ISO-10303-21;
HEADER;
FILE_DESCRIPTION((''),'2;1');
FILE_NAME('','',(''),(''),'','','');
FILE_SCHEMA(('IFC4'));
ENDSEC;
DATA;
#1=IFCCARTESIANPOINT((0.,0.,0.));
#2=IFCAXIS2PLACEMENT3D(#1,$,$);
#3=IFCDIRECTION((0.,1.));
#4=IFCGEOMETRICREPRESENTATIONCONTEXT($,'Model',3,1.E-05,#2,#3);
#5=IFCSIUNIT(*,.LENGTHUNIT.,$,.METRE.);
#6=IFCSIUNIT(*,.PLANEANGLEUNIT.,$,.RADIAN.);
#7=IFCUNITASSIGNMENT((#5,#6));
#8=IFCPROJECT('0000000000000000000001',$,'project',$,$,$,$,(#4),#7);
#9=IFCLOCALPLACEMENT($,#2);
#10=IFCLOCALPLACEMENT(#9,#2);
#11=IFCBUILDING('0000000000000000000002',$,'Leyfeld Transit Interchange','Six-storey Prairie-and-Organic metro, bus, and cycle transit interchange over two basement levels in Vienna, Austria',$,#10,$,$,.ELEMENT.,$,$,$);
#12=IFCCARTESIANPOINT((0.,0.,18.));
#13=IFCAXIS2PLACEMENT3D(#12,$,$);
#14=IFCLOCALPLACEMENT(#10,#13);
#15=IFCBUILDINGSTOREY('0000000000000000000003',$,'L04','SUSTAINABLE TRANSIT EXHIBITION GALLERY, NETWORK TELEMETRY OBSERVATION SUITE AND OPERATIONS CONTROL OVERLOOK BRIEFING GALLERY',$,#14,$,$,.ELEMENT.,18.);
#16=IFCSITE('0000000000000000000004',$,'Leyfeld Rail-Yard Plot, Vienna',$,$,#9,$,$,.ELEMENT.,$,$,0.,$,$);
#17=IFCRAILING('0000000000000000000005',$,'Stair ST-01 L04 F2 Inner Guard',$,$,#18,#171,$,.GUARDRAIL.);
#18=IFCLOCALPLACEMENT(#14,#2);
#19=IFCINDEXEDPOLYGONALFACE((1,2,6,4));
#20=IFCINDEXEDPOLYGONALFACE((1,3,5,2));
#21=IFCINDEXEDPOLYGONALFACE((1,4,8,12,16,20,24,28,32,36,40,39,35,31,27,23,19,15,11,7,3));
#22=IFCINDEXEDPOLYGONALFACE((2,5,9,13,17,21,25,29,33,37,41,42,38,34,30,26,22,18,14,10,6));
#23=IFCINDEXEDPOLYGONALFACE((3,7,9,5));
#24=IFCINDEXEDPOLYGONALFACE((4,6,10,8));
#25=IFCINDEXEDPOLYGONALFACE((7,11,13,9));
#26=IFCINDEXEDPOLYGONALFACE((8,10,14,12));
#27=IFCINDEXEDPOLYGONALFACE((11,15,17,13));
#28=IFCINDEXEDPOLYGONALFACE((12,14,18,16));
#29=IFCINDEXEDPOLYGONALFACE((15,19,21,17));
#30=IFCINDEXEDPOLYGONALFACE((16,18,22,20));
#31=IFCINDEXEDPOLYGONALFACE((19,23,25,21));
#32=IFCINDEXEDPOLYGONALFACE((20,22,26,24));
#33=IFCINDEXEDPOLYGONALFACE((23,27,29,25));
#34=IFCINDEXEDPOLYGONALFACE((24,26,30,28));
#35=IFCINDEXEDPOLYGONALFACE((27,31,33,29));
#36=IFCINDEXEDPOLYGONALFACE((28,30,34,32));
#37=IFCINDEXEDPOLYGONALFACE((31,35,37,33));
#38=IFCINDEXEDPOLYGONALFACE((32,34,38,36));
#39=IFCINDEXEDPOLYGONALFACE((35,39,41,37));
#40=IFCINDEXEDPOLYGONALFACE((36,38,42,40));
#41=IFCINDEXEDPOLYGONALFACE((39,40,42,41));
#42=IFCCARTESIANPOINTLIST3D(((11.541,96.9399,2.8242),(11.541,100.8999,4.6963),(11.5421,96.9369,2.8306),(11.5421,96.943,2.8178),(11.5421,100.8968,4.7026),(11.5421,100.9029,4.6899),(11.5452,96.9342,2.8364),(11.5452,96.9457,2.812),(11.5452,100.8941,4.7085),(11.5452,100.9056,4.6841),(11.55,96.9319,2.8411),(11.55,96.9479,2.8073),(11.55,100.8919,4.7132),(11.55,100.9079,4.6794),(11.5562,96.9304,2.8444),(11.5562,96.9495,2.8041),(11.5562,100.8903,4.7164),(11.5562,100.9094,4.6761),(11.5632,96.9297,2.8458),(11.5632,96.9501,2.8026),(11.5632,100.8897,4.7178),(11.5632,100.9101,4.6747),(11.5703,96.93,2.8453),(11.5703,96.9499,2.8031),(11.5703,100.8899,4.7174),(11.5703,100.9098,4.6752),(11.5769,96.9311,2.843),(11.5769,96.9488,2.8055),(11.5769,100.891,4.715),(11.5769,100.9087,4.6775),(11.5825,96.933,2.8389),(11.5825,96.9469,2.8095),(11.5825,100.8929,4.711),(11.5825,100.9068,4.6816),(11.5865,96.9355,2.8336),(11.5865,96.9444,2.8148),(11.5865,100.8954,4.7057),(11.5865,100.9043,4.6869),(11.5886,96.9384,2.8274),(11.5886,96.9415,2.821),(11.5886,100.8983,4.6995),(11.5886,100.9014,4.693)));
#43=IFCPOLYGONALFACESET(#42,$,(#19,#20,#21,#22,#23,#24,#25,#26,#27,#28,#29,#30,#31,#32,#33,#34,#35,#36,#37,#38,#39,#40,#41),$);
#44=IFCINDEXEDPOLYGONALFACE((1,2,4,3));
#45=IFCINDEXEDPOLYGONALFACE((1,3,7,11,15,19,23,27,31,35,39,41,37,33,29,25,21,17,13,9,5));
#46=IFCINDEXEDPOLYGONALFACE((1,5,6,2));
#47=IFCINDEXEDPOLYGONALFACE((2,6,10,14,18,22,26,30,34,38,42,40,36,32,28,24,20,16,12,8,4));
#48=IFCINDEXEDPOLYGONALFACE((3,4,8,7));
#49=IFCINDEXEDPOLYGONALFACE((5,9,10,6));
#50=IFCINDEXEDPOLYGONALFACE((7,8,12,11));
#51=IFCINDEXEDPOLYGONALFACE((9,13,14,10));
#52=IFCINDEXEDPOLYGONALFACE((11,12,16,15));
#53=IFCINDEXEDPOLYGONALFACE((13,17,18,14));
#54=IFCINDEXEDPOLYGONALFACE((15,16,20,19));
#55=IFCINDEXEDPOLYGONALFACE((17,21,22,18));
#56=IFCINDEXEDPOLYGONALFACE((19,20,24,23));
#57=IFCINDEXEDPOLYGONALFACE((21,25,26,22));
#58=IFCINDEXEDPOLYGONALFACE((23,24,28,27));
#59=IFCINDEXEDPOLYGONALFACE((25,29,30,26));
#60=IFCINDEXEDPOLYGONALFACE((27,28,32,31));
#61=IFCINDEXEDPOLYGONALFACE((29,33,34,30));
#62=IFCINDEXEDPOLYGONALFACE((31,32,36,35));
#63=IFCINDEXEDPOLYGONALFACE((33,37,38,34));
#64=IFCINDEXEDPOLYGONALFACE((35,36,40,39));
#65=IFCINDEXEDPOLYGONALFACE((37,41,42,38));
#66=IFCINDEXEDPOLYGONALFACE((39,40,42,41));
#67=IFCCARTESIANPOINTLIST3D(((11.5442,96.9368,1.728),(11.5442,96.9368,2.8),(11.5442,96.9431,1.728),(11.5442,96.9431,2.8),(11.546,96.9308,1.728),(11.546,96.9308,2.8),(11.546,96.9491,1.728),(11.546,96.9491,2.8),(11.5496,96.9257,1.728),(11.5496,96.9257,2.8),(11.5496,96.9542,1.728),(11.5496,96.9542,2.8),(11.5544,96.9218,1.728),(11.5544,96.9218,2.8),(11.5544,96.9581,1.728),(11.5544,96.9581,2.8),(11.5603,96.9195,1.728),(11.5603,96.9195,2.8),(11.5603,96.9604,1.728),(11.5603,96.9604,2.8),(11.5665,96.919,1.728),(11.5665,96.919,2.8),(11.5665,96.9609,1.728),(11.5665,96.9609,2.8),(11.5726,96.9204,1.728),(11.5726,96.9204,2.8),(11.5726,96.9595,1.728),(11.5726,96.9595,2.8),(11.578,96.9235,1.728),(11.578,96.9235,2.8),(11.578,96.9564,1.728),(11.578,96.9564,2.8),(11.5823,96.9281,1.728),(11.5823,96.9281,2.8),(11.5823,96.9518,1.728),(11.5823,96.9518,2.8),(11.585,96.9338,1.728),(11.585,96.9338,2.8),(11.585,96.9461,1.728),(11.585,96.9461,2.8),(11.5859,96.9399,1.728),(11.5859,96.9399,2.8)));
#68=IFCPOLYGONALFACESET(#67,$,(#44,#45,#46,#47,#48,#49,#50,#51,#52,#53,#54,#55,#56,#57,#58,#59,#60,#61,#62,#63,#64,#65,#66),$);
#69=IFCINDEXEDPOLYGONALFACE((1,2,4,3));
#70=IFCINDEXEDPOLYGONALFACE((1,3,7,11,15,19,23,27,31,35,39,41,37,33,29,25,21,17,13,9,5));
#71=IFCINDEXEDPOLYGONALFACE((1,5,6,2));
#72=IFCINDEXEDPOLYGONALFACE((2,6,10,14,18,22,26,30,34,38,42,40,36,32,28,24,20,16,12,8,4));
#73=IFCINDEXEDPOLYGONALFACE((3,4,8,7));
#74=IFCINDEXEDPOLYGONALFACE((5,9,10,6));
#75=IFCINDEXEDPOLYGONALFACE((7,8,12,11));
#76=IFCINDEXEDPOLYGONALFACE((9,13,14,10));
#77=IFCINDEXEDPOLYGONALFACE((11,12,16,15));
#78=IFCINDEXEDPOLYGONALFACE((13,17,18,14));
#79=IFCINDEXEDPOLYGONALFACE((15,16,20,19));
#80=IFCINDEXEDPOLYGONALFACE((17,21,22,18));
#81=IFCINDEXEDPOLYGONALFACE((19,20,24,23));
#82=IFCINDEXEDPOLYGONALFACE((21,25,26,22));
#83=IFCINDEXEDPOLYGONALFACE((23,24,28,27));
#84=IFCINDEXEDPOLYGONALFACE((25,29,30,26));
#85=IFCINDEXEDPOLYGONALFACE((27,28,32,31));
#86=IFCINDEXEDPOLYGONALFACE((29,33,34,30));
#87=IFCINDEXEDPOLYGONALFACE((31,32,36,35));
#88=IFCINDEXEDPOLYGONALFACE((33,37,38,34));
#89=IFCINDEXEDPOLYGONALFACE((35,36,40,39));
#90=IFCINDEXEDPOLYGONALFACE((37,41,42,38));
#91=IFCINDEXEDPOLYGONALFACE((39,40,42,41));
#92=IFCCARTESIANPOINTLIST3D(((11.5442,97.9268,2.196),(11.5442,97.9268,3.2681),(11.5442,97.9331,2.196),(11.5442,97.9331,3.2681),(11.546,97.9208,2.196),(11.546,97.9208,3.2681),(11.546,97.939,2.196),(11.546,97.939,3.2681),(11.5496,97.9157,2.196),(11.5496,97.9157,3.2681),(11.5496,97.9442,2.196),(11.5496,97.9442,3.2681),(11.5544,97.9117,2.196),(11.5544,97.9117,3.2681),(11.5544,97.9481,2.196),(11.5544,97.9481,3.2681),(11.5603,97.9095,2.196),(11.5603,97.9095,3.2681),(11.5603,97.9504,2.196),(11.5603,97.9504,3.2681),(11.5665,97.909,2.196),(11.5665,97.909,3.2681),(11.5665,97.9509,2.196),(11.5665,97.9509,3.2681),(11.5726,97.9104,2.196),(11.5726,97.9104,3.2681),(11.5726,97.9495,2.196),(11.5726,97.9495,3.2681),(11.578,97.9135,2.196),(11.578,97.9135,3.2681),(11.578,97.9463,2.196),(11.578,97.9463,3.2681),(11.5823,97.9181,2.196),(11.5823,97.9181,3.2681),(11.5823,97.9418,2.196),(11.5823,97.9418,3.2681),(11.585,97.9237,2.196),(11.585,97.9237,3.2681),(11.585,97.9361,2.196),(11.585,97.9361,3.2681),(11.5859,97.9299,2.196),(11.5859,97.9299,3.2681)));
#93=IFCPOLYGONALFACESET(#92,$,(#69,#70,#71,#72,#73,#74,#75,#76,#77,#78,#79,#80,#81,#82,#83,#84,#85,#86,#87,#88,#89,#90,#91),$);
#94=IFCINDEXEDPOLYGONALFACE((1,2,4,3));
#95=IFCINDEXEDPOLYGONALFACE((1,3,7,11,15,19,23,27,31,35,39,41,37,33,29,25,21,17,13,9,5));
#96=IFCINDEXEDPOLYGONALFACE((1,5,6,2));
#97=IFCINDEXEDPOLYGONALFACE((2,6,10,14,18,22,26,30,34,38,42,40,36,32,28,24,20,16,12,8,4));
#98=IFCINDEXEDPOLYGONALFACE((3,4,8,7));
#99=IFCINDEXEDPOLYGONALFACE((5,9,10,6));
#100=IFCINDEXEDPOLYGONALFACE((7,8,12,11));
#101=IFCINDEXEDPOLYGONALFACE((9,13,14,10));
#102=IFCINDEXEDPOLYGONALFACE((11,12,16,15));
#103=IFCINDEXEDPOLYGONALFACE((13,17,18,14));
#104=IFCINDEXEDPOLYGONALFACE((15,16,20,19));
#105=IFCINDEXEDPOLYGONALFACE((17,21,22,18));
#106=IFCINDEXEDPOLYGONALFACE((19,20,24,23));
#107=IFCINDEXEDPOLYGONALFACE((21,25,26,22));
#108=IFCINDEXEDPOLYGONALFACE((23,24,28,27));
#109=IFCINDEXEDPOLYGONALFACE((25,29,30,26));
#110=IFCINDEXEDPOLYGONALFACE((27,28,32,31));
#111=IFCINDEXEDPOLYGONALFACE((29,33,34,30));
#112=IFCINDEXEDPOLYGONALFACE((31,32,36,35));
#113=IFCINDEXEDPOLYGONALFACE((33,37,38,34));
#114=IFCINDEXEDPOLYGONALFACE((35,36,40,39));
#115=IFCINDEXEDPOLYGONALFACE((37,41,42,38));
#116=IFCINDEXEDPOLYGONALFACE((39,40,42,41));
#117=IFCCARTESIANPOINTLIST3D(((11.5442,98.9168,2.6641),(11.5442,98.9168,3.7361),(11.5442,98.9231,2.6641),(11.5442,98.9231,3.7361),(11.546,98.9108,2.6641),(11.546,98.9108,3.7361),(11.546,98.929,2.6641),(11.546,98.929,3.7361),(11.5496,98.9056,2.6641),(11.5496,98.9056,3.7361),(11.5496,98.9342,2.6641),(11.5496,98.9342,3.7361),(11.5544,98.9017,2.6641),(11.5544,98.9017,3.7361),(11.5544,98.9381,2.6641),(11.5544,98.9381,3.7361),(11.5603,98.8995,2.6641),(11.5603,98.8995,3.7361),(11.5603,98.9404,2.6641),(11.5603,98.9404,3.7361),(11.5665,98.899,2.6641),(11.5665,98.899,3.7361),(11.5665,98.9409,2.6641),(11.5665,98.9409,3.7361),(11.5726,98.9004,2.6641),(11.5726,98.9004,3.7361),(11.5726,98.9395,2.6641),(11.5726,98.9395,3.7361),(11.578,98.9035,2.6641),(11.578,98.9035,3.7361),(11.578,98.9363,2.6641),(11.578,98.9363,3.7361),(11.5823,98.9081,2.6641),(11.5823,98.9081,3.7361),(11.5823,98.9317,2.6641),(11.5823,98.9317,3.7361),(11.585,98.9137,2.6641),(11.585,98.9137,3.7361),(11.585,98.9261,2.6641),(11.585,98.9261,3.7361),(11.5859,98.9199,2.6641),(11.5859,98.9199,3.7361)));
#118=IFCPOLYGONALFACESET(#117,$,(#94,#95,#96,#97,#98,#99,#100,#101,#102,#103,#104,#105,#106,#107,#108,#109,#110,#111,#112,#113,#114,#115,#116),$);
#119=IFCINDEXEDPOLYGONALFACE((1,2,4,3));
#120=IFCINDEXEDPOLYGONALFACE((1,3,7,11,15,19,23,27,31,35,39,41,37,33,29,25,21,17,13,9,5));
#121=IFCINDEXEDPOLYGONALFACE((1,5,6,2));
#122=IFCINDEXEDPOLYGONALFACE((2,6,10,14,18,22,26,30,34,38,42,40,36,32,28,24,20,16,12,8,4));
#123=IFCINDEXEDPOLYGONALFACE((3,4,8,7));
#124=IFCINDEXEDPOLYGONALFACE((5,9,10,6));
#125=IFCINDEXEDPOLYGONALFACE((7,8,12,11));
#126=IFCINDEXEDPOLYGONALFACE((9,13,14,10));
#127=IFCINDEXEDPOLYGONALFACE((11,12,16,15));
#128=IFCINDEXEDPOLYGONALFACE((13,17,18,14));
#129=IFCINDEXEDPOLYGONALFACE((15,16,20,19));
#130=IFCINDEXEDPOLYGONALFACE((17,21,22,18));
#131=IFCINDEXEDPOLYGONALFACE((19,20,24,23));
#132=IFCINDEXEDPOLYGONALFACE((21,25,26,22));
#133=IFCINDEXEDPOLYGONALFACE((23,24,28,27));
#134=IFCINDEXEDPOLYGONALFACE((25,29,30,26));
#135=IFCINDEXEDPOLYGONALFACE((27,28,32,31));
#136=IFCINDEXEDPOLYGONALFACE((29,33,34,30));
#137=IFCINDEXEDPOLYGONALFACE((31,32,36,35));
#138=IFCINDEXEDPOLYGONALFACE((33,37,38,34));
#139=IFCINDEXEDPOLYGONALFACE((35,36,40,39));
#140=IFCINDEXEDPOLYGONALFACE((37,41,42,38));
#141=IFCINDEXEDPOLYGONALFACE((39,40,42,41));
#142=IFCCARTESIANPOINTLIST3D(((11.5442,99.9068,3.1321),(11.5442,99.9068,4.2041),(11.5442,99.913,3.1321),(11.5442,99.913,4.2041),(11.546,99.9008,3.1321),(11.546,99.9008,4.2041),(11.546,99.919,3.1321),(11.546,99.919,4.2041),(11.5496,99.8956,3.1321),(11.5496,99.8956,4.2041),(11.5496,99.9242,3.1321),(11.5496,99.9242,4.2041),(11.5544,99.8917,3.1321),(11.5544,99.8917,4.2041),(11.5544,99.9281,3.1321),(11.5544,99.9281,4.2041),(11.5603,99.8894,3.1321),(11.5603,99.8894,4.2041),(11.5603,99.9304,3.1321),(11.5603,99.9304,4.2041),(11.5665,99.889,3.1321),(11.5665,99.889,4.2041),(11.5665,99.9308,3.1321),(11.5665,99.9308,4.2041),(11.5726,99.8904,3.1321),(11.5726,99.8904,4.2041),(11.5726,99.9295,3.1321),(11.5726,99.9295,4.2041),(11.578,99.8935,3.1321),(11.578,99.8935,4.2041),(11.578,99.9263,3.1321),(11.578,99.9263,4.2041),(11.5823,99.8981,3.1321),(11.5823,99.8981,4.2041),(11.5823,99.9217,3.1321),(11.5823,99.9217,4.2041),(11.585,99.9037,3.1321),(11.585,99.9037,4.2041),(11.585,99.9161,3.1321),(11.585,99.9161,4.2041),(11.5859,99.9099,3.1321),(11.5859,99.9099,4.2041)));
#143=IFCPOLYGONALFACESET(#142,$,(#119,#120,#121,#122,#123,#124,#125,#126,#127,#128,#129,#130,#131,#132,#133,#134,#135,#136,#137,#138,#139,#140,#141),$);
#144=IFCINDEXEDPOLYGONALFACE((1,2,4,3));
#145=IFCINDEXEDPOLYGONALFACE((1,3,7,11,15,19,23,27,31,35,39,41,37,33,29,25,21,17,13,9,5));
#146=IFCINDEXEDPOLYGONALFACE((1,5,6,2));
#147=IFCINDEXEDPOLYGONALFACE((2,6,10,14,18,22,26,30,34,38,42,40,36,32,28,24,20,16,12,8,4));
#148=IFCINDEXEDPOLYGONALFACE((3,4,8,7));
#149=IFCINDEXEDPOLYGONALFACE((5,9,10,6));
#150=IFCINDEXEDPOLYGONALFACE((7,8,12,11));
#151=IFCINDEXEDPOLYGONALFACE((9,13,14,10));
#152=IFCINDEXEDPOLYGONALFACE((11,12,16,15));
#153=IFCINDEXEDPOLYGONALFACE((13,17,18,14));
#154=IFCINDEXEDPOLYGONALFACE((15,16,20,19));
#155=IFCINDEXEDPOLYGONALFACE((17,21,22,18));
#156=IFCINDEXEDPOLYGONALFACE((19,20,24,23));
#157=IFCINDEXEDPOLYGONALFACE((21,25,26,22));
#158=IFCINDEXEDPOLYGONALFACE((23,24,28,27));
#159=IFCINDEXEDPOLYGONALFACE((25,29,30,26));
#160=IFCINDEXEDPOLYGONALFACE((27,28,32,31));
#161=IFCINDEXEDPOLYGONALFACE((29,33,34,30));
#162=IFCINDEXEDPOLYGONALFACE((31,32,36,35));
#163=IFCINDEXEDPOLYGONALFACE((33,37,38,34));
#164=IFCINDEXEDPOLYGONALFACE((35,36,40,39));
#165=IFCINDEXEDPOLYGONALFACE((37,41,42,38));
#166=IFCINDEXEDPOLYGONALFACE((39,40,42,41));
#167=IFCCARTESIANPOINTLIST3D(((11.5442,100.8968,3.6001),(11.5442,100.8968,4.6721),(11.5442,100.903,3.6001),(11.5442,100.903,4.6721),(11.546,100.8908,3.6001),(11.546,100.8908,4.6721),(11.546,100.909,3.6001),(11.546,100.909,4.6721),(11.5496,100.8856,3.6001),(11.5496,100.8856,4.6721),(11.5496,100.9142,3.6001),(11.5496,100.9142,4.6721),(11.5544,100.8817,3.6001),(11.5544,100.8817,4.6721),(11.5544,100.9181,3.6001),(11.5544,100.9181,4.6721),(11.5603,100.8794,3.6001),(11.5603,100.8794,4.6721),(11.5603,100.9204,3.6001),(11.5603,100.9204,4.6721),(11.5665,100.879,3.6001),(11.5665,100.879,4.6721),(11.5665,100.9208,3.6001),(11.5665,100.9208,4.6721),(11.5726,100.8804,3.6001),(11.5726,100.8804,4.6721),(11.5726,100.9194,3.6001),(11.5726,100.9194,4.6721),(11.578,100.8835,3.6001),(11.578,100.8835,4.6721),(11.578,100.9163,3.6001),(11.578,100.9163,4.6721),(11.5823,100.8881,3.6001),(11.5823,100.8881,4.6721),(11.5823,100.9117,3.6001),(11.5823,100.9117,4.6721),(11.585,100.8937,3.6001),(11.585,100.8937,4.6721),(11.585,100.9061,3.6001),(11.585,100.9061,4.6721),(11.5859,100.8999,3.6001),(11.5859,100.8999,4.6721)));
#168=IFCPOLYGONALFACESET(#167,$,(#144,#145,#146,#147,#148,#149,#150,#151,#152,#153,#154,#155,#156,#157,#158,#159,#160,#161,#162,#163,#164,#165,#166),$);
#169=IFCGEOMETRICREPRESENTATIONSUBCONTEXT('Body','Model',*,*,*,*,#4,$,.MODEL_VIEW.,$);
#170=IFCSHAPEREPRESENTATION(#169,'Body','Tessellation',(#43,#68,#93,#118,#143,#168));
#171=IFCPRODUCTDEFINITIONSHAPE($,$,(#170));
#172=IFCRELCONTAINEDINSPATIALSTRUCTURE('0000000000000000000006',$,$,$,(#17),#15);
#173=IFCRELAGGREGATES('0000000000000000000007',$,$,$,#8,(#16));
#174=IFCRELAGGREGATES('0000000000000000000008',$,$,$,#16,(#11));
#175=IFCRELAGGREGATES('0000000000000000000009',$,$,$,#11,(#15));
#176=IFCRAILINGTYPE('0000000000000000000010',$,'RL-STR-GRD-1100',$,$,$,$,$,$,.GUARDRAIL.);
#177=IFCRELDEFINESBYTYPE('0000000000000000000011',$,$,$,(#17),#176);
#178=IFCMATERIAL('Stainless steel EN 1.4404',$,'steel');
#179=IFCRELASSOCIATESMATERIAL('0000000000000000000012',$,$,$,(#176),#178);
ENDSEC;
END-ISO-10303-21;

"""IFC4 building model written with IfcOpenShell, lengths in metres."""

from ifc_helpers import new_model, si_unit, direction, frame, origin, origin_2d, place, context, subcontext, project, spatial, circle, extrude, material, type_object, element, save


model = new_model("IFC4")

# Units and contexts
model_context = context("Model", 3, precision=1e-05, world=origin(), true_north=direction((0.0, 1.0)))
body_context = subcontext(model_context, "Body", "Model", "MODEL_VIEW")
ifc_project = project(units=[si_unit("LENGTHUNIT", "METRE"), si_unit("PLANEANGLEUNIT", "RADIAN")], contexts=[model_context])

# Site, building, storey
site_placement = place(None, origin())
site = spatial("IfcSite", under=ifc_project, at=site_placement, Name="Leyfeld Rail-Yard Plot, Vienna", CompositionType="ELEMENT", RefElevation=0.0)
building_placement = place(site_placement, origin())
building = spatial("IfcBuilding", under=site, at=building_placement, Name="Leyfeld Transit Interchange", Description="Six-storey Prairie-and-Organic metro, bus, and cycle transit interchange over two basement levels in Vienna, Austria", CompositionType="ELEMENT")
storey_placement = place(building_placement, frame((0.0, 0.0, 18.0)))
storey = spatial("IfcBuildingStorey", under=building, at=storey_placement, Name="L04", Description="SUSTAINABLE TRANSIT EXHIBITION GALLERY, NETWORK TELEMETRY OBSERVATION SUITE AND OPERATIONS CONTROL OVERLOOK BRIEFING GALLERY", CompositionType="ELEMENT", Elevation=18.0)

# Railing
ifc_material_1 = material(Name="Stainless steel EN 1.4404", Category="steel")
railing_type = type_object("IfcRailingType", Name="RL-STR-GRD-1100", PredefinedType="GUARDRAIL", material=ifc_material_1)
railing_1_placement = place(storey_placement, frame((11.5649, 96.9399, 1.728)))
element("IfcRailing", 1, at=railing_1_placement, inside=storey, type_object=railing_type, Name="Stair ST-01 L04 F2 Inner Guard", PredefinedType="GUARDRAIL", context=body_context, shape_type="SweptSolid", body=[
    extrude(circle(Radius=0.0239, at=origin_2d()), frame((0.0, 0.0, 1.0962), z_axis=(0.0, 0.904064, 0.427396), x_axis=(-1.0, 0.0, 0.0)), (0.0, 0.0, 1.0), 4.3801),
    extrude(circle(Radius=0.021, at=origin_2d()), origin(), (0.0, 0.0, 1.0), 1.072),
    extrude(circle(Radius=0.021, at=origin_2d()), frame((0.0, 0.99, 0.468)), (0.0, 0.0, 1.0), 1.072),
    extrude(circle(Radius=0.021, at=origin_2d()), frame((0.0, 1.98, 0.936)), (0.0, 0.0, 1.0), 1.072),
    extrude(circle(Radius=0.021, at=origin_2d()), frame((0.0, 2.97, 1.4041)), (0.0, 0.0, 1.0), 1.072),
    extrude(circle(Radius=0.021, at=origin_2d()), frame((0.0, 3.96, 1.8721)), (0.0, 0.0, 1.0), 1.072),
])

save(model, "model.ifc")
